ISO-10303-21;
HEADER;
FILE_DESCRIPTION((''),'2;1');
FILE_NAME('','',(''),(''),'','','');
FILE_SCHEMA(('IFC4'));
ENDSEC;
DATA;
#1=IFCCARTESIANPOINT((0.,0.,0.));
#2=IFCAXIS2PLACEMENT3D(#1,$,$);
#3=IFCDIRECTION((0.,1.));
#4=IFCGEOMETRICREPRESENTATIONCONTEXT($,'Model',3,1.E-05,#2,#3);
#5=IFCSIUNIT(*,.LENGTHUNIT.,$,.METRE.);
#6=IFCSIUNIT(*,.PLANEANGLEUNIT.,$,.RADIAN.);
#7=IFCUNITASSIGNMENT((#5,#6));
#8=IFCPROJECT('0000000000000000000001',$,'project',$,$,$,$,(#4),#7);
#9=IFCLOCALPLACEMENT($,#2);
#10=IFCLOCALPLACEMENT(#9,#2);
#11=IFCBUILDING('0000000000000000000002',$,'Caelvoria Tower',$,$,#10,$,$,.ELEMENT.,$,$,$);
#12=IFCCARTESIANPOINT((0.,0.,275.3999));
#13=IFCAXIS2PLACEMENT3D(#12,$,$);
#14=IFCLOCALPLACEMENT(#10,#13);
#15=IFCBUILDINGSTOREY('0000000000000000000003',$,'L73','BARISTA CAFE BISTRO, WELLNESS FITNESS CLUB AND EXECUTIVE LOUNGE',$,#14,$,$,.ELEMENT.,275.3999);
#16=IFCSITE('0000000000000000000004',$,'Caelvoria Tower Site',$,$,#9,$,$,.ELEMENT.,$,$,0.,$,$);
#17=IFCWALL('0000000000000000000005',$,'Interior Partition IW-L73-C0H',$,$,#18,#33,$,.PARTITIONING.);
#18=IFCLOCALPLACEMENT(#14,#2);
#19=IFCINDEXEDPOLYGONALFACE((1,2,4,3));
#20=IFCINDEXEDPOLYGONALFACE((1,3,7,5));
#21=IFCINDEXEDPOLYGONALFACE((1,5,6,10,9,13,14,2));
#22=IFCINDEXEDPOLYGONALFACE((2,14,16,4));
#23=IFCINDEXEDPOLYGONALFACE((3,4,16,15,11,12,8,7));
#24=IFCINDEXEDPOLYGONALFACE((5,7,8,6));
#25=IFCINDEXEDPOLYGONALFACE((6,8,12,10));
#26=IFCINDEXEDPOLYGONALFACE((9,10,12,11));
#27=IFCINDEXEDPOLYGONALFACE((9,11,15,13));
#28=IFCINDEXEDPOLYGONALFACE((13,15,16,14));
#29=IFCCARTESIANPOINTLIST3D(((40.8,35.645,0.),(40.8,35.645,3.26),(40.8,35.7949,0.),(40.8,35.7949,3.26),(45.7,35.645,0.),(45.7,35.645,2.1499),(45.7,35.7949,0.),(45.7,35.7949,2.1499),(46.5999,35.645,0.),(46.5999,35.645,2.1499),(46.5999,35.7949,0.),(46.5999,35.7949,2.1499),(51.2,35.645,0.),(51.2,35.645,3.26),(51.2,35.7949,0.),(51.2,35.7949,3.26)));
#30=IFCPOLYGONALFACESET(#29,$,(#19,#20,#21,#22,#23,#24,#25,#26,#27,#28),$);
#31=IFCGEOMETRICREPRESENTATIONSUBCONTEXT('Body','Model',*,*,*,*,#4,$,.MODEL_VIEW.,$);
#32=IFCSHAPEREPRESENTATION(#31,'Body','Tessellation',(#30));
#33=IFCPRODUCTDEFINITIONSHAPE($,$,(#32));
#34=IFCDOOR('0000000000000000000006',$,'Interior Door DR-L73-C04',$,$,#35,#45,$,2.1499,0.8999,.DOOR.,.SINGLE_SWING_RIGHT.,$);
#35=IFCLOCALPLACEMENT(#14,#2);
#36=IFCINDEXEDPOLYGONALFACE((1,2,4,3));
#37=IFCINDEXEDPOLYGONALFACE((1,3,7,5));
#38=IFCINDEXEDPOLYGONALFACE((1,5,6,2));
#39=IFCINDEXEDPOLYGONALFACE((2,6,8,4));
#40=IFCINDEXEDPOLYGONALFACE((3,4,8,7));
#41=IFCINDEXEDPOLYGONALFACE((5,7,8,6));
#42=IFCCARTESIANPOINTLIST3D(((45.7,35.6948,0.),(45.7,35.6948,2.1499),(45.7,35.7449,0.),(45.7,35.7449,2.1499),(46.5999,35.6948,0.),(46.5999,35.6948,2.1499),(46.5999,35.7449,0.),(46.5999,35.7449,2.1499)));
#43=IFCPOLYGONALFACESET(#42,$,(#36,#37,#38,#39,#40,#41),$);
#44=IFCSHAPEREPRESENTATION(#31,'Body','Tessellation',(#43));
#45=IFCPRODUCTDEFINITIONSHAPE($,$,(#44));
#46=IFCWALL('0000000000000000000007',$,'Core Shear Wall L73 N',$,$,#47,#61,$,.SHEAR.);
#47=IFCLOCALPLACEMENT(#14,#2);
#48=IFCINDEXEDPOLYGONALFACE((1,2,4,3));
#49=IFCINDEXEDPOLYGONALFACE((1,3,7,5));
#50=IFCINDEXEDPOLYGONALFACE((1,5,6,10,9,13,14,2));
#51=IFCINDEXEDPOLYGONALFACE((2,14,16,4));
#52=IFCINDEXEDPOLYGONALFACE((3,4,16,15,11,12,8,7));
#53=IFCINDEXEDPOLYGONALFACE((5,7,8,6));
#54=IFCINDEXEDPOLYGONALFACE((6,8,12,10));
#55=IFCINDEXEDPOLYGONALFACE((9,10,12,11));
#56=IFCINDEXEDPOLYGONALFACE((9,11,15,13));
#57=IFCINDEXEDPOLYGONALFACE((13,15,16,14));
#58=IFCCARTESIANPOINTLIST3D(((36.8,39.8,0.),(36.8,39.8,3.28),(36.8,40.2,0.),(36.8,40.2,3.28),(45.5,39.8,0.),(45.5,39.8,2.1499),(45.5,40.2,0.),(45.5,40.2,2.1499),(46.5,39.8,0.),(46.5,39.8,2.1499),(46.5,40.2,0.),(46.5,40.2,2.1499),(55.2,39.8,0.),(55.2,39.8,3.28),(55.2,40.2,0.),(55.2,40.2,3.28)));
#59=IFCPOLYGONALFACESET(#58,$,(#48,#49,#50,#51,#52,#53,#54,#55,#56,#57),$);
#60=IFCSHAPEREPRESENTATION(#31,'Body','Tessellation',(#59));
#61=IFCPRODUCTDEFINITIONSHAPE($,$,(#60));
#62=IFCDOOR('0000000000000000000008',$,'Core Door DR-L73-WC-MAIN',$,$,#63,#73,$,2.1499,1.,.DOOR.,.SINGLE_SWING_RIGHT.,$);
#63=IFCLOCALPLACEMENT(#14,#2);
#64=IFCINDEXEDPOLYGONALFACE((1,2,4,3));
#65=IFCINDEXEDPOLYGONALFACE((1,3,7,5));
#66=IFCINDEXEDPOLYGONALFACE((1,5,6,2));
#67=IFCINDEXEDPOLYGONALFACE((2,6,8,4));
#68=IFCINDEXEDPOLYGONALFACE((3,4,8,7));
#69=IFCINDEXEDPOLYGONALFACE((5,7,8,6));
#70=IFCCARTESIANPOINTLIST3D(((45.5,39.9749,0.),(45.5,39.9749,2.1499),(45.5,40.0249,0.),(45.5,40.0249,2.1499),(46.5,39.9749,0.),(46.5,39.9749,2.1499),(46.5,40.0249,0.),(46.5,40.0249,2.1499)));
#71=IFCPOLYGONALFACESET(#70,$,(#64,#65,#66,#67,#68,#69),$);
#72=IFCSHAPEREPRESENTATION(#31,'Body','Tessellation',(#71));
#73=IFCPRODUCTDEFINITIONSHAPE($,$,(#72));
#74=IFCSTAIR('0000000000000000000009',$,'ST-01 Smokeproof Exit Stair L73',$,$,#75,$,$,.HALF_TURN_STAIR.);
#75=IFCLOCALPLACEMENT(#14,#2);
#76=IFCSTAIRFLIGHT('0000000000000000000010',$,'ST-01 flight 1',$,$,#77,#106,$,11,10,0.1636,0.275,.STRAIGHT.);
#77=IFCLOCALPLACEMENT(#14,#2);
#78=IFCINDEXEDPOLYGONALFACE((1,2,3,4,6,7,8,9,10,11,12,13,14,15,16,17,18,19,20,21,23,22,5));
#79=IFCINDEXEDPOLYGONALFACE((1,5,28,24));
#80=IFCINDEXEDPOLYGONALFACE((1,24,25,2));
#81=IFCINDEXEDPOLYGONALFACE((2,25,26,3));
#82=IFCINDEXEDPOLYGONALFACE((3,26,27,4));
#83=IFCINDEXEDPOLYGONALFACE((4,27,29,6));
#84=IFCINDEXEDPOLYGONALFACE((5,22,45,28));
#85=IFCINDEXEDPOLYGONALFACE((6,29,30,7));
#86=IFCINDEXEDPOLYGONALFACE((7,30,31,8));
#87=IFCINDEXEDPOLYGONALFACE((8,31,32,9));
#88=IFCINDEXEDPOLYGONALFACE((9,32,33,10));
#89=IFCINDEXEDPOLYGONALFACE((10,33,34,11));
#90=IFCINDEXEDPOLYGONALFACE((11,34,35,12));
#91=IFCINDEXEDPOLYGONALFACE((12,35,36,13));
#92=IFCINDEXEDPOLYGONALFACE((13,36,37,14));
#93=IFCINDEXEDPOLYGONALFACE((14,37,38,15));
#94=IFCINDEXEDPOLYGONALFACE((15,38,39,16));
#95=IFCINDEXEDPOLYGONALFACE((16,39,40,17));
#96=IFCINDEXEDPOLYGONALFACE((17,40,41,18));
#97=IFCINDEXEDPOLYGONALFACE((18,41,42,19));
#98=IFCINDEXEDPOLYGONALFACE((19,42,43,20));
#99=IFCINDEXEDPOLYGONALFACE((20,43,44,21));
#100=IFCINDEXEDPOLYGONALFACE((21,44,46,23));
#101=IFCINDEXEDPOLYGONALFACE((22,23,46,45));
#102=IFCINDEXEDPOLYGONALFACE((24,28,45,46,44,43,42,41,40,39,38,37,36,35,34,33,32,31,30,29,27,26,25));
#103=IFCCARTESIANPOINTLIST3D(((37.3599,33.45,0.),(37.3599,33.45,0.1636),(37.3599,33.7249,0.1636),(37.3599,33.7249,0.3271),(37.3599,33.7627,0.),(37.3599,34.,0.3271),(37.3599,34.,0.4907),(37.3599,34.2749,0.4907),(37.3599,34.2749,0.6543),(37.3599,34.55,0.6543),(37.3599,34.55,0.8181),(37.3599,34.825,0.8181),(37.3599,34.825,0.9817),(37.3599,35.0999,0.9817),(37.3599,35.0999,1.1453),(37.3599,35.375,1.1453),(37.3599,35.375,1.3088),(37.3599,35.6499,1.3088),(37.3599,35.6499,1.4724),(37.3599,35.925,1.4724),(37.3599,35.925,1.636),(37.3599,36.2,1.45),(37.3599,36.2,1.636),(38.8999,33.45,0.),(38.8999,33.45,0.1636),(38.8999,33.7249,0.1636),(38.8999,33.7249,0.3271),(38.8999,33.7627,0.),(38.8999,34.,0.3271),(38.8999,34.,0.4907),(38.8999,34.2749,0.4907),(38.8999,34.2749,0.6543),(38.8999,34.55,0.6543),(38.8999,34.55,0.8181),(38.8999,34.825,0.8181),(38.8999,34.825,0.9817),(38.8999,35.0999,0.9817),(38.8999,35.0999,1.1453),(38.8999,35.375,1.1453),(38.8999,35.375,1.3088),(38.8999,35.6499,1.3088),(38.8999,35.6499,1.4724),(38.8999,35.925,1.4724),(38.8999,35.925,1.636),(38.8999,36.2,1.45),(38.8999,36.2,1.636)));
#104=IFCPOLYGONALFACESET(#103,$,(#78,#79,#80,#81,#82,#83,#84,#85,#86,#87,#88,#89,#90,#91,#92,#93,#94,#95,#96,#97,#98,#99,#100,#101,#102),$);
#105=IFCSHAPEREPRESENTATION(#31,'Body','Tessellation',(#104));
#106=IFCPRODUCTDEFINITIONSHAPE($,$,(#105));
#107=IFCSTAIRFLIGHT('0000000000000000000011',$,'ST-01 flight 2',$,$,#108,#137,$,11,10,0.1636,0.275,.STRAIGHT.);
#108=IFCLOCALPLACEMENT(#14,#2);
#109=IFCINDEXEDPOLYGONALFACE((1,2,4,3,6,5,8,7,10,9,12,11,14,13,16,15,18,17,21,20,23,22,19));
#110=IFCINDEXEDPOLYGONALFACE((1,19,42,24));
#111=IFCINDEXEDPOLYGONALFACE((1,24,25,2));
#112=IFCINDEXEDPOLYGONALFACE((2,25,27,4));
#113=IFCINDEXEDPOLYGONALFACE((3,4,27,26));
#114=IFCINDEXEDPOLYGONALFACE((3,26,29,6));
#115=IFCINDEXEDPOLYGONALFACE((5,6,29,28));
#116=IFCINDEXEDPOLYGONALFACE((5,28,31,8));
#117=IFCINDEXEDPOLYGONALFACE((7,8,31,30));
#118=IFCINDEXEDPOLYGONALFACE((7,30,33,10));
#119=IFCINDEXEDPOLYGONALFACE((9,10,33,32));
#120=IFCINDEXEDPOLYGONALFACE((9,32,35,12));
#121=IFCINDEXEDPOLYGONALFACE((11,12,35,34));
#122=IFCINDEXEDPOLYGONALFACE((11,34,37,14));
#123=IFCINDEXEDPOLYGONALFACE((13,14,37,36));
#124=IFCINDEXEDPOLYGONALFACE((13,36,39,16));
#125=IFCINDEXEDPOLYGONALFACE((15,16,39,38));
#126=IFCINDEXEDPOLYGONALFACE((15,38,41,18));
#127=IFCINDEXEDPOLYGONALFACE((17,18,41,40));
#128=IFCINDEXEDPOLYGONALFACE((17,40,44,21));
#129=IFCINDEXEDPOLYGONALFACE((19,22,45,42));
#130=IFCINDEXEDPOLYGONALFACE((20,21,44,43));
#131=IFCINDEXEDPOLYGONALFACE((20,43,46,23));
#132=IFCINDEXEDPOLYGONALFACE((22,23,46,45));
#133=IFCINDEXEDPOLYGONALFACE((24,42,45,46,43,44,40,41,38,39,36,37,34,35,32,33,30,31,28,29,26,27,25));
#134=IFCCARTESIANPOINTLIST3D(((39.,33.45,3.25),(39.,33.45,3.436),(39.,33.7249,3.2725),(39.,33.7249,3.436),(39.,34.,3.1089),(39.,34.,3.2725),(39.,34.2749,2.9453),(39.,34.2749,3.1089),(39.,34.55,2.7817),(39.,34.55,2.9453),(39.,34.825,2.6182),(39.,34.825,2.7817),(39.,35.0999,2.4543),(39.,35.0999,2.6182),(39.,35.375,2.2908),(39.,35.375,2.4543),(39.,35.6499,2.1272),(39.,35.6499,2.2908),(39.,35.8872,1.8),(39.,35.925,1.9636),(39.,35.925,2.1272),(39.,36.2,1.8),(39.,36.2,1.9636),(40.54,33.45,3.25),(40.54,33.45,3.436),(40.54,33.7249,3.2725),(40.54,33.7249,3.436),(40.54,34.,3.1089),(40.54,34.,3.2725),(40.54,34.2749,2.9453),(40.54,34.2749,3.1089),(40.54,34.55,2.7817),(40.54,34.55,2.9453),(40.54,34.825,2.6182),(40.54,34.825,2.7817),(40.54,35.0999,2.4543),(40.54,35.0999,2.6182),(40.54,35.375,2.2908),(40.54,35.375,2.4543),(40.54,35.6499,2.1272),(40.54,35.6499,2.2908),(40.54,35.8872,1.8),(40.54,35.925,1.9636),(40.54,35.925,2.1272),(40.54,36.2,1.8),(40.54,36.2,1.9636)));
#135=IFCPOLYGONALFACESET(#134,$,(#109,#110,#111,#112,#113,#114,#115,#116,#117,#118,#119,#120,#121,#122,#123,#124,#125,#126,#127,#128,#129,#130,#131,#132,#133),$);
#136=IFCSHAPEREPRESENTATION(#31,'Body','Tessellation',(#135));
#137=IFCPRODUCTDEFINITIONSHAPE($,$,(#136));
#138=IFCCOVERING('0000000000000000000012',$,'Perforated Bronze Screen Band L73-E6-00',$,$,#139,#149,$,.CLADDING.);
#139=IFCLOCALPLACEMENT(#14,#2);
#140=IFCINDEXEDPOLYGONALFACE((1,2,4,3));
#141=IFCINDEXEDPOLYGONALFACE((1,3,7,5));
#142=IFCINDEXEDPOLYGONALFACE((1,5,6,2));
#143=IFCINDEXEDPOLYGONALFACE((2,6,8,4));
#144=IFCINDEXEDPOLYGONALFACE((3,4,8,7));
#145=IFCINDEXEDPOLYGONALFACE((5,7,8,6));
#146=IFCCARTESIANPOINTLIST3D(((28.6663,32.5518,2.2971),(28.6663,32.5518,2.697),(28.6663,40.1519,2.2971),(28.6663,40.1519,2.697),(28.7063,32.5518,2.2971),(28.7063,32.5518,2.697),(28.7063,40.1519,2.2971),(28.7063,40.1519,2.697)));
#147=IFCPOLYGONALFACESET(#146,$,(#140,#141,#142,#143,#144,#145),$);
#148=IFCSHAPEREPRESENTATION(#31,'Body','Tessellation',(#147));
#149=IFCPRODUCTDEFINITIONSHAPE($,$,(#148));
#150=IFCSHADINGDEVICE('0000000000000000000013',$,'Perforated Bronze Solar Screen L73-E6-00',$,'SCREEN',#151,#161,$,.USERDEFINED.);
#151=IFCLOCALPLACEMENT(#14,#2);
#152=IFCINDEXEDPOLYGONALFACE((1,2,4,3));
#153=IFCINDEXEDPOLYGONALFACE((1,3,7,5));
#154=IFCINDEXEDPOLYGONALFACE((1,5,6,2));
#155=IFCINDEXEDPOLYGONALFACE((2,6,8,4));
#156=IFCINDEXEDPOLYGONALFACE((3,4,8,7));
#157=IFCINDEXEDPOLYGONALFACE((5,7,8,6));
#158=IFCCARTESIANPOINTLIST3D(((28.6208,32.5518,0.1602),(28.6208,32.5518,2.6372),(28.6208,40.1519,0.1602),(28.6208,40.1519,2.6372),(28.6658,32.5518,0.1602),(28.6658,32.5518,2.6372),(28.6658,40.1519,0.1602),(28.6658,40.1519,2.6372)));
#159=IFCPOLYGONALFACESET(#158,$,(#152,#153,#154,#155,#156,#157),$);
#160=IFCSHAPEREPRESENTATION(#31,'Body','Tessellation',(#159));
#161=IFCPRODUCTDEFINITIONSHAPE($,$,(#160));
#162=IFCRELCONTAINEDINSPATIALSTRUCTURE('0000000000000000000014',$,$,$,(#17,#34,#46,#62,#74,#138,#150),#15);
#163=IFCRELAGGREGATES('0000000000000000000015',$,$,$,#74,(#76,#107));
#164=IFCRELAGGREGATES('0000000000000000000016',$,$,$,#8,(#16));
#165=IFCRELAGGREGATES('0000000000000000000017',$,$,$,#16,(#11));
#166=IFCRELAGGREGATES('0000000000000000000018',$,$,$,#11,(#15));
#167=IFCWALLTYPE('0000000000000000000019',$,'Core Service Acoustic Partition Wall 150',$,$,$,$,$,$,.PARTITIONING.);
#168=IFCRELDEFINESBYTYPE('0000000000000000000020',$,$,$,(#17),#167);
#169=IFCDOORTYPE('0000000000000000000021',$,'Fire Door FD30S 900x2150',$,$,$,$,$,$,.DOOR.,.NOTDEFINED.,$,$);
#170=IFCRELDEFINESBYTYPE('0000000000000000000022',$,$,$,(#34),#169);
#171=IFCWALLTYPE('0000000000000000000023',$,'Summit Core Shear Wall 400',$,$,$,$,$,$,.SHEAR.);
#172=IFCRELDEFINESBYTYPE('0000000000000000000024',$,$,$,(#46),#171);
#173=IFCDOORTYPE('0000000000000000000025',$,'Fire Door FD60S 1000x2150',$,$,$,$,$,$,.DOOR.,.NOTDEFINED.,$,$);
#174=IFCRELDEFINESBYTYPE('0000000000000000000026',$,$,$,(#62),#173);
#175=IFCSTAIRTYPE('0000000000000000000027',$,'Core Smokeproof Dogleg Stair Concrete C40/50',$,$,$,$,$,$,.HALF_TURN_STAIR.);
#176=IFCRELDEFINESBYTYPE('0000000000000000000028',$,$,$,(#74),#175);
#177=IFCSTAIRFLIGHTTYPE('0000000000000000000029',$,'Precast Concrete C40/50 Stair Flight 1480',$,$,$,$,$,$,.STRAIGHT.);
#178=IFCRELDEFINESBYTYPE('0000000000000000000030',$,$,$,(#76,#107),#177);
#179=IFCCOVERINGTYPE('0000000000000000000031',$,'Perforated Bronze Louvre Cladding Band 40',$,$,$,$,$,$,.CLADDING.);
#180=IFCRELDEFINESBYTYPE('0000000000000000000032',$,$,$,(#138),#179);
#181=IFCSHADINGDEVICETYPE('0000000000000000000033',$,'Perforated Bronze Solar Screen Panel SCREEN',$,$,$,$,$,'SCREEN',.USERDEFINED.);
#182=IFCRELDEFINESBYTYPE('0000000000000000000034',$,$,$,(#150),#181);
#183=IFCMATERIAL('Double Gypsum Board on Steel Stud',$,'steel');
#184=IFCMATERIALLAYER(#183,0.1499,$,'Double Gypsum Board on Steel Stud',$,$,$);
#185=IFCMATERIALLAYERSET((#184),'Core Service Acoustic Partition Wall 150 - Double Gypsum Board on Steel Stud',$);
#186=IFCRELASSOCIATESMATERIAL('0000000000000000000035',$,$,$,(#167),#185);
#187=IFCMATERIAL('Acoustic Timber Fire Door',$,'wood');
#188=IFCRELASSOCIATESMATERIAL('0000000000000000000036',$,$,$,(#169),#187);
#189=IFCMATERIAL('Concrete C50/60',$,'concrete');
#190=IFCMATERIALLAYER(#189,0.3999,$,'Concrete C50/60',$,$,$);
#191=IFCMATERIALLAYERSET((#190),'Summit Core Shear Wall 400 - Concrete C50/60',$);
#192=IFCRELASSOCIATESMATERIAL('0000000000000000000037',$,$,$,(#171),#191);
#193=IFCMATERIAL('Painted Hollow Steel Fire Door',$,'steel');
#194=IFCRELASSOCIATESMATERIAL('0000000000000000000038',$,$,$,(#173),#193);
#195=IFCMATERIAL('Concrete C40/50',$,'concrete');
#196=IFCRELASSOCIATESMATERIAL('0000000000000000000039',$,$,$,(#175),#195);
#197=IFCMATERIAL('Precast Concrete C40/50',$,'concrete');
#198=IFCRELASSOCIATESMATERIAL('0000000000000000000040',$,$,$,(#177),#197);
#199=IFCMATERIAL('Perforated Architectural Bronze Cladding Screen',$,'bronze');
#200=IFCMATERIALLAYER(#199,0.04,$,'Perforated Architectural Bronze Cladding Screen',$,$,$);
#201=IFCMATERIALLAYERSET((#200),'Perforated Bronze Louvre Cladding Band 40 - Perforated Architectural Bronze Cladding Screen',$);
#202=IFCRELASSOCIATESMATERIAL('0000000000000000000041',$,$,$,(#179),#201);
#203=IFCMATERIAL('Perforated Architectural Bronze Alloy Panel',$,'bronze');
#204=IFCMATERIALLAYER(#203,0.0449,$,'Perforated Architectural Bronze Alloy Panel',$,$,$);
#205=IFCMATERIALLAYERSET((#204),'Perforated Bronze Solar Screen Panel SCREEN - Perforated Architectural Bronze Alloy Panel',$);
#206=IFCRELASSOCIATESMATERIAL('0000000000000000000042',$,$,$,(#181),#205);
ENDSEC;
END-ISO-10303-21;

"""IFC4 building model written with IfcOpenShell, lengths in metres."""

from ifc_helpers import new_model, si_unit, direction, frame, frame_2d, origin, origin_2d, place, context, subcontext, project, spatial, polyline, rectangle, outline, extrude, material, layer, layer_set, type_object, element, fill, aggregate, save


model = new_model("IFC4")

# Units and contexts
model_context = context("Model", 3, precision=1e-05, world=origin(), true_north=direction((0.0, 1.0)))
body_context = subcontext(model_context, "Body", "Model", "MODEL_VIEW")
ifc_project = project(units=[si_unit("LENGTHUNIT", "METRE"), si_unit("PLANEANGLEUNIT", "RADIAN")], contexts=[model_context])

# Site, building, storey
site_placement = place(None, origin())
site = spatial("IfcSite", under=ifc_project, at=site_placement, Name="Caelvoria Tower Site", CompositionType="ELEMENT", RefElevation=0.0)
building_placement = place(site_placement, origin())
building = spatial("IfcBuilding", under=site, at=building_placement, Name="Caelvoria Tower", CompositionType="ELEMENT")
storey_placement = place(building_placement, frame((0.0, 0.0, 275.3999)))
storey = spatial("IfcBuildingStorey", under=building, at=storey_placement, Name="L73", Description="BARISTA CAFE BISTRO, WELLNESS FITNESS CLUB AND EXECUTIVE LOUNGE", CompositionType="ELEMENT", Elevation=275.3999)

# Shared definitions
ifc_material_1 = material(Name="Concrete C50/60", Category="concrete")
ifc_material_2 = material(Name="Painted Hollow Steel Fire Door", Category="steel")

# Walls, openings, doors
ifc_material_3 = material(Name="Double Gypsum Board on Steel Stud", Category="steel")
ifc_layer_1 = layer(ifc_material_3, 0.1499, Name="Double Gypsum Board on Steel Stud")
ifc_layer_set_1 = layer_set([ifc_layer_1], Name="Core Service Acoustic Partition Wall 150 - Double Gypsum Board on Steel Stud")
wall_type_1 = type_object("IfcWallType", Name="Core Service Acoustic Partition Wall 150", PredefinedType="PARTITIONING", material=ifc_layer_set_1)
wall_1_placement = place(storey_placement, frame((40.8, 35.72, 0.0), z_axis=(0.0, 0.0, 1.0), x_axis=(1.0, 0.0, 0.0)))
wall_1 = element("IfcWall", 1, at=wall_1_placement, inside=storey, type_object=wall_type_1, Name="Interior Partition IW-L73-C0H", PredefinedType="PARTITIONING", context=body_context, shape_type="SweptSolid", body=[
    extrude(rectangle(XDim=10.3999, YDim=0.1499, at=frame_2d((5.2, 0.0))), origin(), (0.0, 0.0, 1.0), 3.26),
])
opening_1_placement = place(wall_1_placement, frame((4.8999, 0.0, 0.0)))
opening_1 = element("IfcOpeningElement", 2, at=opening_1_placement, cuts=wall_1, PredefinedType="OPENING", context=body_context, shape_type="SweptSolid", body=[
    extrude(rectangle(XDim=0.8999, YDim=2.1499, at=frame_2d((0.45, 1.075))), frame((0.0, 0.085, 0.0), z_axis=(0.0, -1.0, 0.0), x_axis=(1.0, 0.0, 0.0)), (0.0, 0.0, 1.0), 0.1699),
])
ifc_material_4 = material(Name="Acoustic Timber Fire Door", Category="wood")
door_type_1 = type_object("IfcDoorType", Name="Fire Door FD30S 900x2150", OperationType="NOTDEFINED", PredefinedType="DOOR", material=ifc_material_4)
door_1_placement = place(opening_1_placement, origin())
door_1 = element("IfcDoor", 3, at=door_1_placement, inside=storey, type_object=door_type_1, Name="Interior Door DR-L73-C04", OperationType="SINGLE_SWING_RIGHT", OverallHeight=2.1499, OverallWidth=0.8999, PredefinedType="DOOR", context=body_context, shape_type="SweptSolid", body=[
    extrude(rectangle(XDim=0.8999, YDim=2.1499, at=frame_2d((0.45, 1.075))), frame((0.0, 0.0249, 0.0), z_axis=(0.0, -1.0, 0.0), x_axis=(1.0, 0.0, 0.0)), (0.0, 0.0, 1.0), 0.05),
])
fill(opening_1, door_1)
ifc_layer_2 = layer(ifc_material_1, 0.3999, Name="Concrete C50/60")
ifc_layer_set_2 = layer_set([ifc_layer_2], Name="Summit Core Shear Wall 400 - Concrete C50/60")
wall_type_2 = type_object("IfcWallType", Name="Summit Core Shear Wall 400", PredefinedType="SHEAR", material=ifc_layer_set_2)
wall_2_placement = place(storey_placement, frame((36.8, 40.0, 0.0), z_axis=(0.0, 0.0, 1.0), x_axis=(1.0, 0.0, 0.0)))
wall_2 = element("IfcWall", 4, at=wall_2_placement, inside=storey, type_object=wall_type_2, Name="Core Shear Wall L73 N", PredefinedType="SHEAR", context=body_context, shape_type="SweptSolid", body=[
    extrude(rectangle(XDim=18.3999, YDim=0.3999, at=frame_2d((9.2, 0.0))), origin(), (0.0, 0.0, 1.0), 3.28),
])
opening_2_placement = place(wall_2_placement, frame((8.7, 0.0, 0.0)))
opening_2 = element("IfcOpeningElement", 5, at=opening_2_placement, cuts=wall_2, PredefinedType="OPENING", context=body_context, shape_type="SweptSolid", body=[
    extrude(rectangle(XDim=1.0, YDim=2.1499, at=frame_2d((0.5, 1.075))), frame((0.0, 0.21, 0.0), z_axis=(0.0, -1.0, 0.0), x_axis=(1.0, 0.0, 0.0)), (0.0, 0.0, 1.0), 0.4199),
])
door_type_2 = type_object("IfcDoorType", Name="Fire Door FD60S 1000x2150", OperationType="NOTDEFINED", PredefinedType="DOOR", material=ifc_material_2)
door_2_placement = place(opening_2_placement, origin())
door_2 = element("IfcDoor", 6, at=door_2_placement, inside=storey, type_object=door_type_2, Name="Core Door DR-L73-WC-MAIN", OperationType="SINGLE_SWING_RIGHT", OverallHeight=2.1499, OverallWidth=1.0, PredefinedType="DOOR", context=body_context, shape_type="SweptSolid", body=[
    extrude(rectangle(XDim=1.0, YDim=2.1499, at=frame_2d((0.5, 1.075))), frame((0.0, 0.0249, 0.0), z_axis=(0.0, -1.0, 0.0), x_axis=(1.0, 0.0, 0.0)), (0.0, 0.0, 1.0), 0.05),
])
fill(opening_2, door_2)

# Stair, stair flights
ifc_material_5 = material(Name="Concrete C40/50", Category="concrete")
stair_type = type_object("IfcStairType", Name="Core Smokeproof Dogleg Stair Concrete C40/50", PredefinedType="HALF_TURN_STAIR", material=ifc_material_5)
stair_placement = place(storey_placement, origin())
stair = element("IfcStair", 7, at=stair_placement, inside=storey, type_object=stair_type, Name="ST-01 Smokeproof Exit Stair L73", PredefinedType="HALF_TURN_STAIR")
ifc_material_6 = material(Name="Precast Concrete C40/50", Category="concrete")
stair_flight_type = type_object("IfcStairFlightType", Name="Precast Concrete C40/50 Stair Flight 1480", PredefinedType="STRAIGHT", material=ifc_material_6)
stair_flight_1_placement = place(storey_placement, frame((38.1299, 33.45, 0.0), z_axis=(0.0, 0.0, 1.0), x_axis=(0.0, 1.0, 0.0)))
stair_flight_1 = element("IfcStairFlight", 8, at=stair_flight_1_placement, type_object=stair_flight_type, Name="ST-01 flight 1", NumberOfRisers=11, NumberOfTreads=10, PredefinedType="STRAIGHT", RiserHeight=0.1636, TreadLength=0.275, context=body_context, shape_type="SweptSolid", body=[
    extrude(outline(polyline([(0.0, 0.0), (0.0, 0.1636), (0.2749, 0.1636), (0.2749, 0.3271), (0.55, 0.3271), (0.55, 0.4907), (0.825, 0.4907), (0.825, 0.6543), (1.1001, 0.6543), (1.1001, 0.8181), (1.375, 0.8181), (1.375, 0.9817), (1.6499, 0.9817), (1.6499, 1.1453), (1.925, 1.1453), (1.925, 1.3088), (2.2, 1.3088), (2.2, 1.4724), (2.4751, 1.4724), (2.4751, 1.636), (2.75, 1.636), (2.75, 1.7996), (2.75, 1.45), (0.3127, 0.0), (0.0, 0.0)])), frame((0.0, 0.77, 0.0), z_axis=(0.0, -1.0, 0.0), x_axis=(1.0, 0.0, 0.0)), (0.0, 0.0, 1.0), 1.54),
])
stair_flight_2_placement = place(storey_placement, frame((39.77, 36.2, 1.8), z_axis=(0.0, 0.0, 1.0), x_axis=(0.0, -1.0, 0.0)))
stair_flight_2 = element("IfcStairFlight", 9, at=stair_flight_2_placement, type_object=stair_flight_type, Name="ST-01 flight 2", NumberOfRisers=11, NumberOfTreads=10, PredefinedType="STRAIGHT", RiserHeight=0.1636, TreadLength=0.275, context=body_context, shape_type="SweptSolid", body=[
    extrude(outline(polyline([(0.0, 0.0), (0.0, 0.1636), (0.2749, 0.1636), (0.2749, 0.3271), (0.55, 0.3271), (0.55, 0.4907), (0.825, 0.4907), (0.825, 0.6543), (1.1001, 0.6543), (1.1001, 0.8181), (1.375, 0.8181), (1.375, 0.9817), (1.6499, 0.9817), (1.6499, 1.1453), (1.925, 1.1453), (1.925, 1.3088), (2.2, 1.3088), (2.2, 1.4724), (2.4751, 1.4724), (2.4751, 1.636), (2.75, 1.636), (2.75, 1.7996), (2.75, 1.45), (0.3127, 0.0), (0.0, 0.0)])), frame((0.0, 0.77, 0.0), z_axis=(0.0, -1.0, 0.0), x_axis=(1.0, 0.0, 0.0)), (0.0, 0.0, 1.0), 1.54),
])
aggregate(stair, [stair_flight_1, stair_flight_2])

# Covering
ifc_material_7 = material(Name="Perforated Architectural Bronze Cladding Screen", Category="bronze")
ifc_layer_3 = layer(ifc_material_7, 0.04, Name="Perforated Architectural Bronze Cladding Screen")
ifc_layer_set_3 = layer_set([ifc_layer_3], Name="Perforated Bronze Louvre Cladding Band 40 - Perforated Architectural Bronze Cladding Screen")
covering_type = type_object("IfcCoveringType", Name="Perforated Bronze Louvre Cladding Band 40", PredefinedType="CLADDING", material=ifc_layer_set_3)
covering_placement = place(storey_placement, frame((28.6863, 36.3518, 2.2971), z_axis=(0.0, 0.0, 1.0), x_axis=(0.0, -1.0, 0.0)))
element("IfcCovering", 10, at=covering_placement, inside=storey, type_object=covering_type, Name="Perforated Bronze Screen Band L73-E6-00", PredefinedType="CLADDING", context=body_context, shape_type="SweptSolid", body=[
    extrude(rectangle(XDim=7.6001, YDim=0.04, at=origin_2d()), origin(), (0.0, 0.0, 1.0), 0.3999),
])

# Shading device
ifc_material_8 = material(Name="Perforated Architectural Bronze Alloy Panel", Category="bronze")
ifc_layer_4 = layer(ifc_material_8, 0.0449, Name="Perforated Architectural Bronze Alloy Panel")
ifc_layer_set_4 = layer_set([ifc_layer_4], Name="Perforated Bronze Solar Screen Panel SCREEN - Perforated Architectural Bronze Alloy Panel")
shading_device_type = type_object("IfcShadingDeviceType", Name="Perforated Bronze Solar Screen Panel SCREEN", ElementType="SCREEN", PredefinedType="USERDEFINED", material=ifc_layer_set_4)
shading_device_placement = place(storey_placement, frame((28.6433, 36.3518, 0.1602), z_axis=(0.0, 0.0, 1.0), x_axis=(0.0, -1.0, 0.0)))
element("IfcShadingDevice", 11, at=shading_device_placement, inside=storey, type_object=shading_device_type, Name="Perforated Bronze Solar Screen L73-E6-00", ObjectType="SCREEN", PredefinedType="USERDEFINED", context=body_context, shape_type="SweptSolid", body=[
    extrude(rectangle(XDim=7.6001, YDim=0.0449, at=origin_2d()), origin(), (0.0, 0.0, 1.0), 2.4771),
])

save(model, "model.ifc")
